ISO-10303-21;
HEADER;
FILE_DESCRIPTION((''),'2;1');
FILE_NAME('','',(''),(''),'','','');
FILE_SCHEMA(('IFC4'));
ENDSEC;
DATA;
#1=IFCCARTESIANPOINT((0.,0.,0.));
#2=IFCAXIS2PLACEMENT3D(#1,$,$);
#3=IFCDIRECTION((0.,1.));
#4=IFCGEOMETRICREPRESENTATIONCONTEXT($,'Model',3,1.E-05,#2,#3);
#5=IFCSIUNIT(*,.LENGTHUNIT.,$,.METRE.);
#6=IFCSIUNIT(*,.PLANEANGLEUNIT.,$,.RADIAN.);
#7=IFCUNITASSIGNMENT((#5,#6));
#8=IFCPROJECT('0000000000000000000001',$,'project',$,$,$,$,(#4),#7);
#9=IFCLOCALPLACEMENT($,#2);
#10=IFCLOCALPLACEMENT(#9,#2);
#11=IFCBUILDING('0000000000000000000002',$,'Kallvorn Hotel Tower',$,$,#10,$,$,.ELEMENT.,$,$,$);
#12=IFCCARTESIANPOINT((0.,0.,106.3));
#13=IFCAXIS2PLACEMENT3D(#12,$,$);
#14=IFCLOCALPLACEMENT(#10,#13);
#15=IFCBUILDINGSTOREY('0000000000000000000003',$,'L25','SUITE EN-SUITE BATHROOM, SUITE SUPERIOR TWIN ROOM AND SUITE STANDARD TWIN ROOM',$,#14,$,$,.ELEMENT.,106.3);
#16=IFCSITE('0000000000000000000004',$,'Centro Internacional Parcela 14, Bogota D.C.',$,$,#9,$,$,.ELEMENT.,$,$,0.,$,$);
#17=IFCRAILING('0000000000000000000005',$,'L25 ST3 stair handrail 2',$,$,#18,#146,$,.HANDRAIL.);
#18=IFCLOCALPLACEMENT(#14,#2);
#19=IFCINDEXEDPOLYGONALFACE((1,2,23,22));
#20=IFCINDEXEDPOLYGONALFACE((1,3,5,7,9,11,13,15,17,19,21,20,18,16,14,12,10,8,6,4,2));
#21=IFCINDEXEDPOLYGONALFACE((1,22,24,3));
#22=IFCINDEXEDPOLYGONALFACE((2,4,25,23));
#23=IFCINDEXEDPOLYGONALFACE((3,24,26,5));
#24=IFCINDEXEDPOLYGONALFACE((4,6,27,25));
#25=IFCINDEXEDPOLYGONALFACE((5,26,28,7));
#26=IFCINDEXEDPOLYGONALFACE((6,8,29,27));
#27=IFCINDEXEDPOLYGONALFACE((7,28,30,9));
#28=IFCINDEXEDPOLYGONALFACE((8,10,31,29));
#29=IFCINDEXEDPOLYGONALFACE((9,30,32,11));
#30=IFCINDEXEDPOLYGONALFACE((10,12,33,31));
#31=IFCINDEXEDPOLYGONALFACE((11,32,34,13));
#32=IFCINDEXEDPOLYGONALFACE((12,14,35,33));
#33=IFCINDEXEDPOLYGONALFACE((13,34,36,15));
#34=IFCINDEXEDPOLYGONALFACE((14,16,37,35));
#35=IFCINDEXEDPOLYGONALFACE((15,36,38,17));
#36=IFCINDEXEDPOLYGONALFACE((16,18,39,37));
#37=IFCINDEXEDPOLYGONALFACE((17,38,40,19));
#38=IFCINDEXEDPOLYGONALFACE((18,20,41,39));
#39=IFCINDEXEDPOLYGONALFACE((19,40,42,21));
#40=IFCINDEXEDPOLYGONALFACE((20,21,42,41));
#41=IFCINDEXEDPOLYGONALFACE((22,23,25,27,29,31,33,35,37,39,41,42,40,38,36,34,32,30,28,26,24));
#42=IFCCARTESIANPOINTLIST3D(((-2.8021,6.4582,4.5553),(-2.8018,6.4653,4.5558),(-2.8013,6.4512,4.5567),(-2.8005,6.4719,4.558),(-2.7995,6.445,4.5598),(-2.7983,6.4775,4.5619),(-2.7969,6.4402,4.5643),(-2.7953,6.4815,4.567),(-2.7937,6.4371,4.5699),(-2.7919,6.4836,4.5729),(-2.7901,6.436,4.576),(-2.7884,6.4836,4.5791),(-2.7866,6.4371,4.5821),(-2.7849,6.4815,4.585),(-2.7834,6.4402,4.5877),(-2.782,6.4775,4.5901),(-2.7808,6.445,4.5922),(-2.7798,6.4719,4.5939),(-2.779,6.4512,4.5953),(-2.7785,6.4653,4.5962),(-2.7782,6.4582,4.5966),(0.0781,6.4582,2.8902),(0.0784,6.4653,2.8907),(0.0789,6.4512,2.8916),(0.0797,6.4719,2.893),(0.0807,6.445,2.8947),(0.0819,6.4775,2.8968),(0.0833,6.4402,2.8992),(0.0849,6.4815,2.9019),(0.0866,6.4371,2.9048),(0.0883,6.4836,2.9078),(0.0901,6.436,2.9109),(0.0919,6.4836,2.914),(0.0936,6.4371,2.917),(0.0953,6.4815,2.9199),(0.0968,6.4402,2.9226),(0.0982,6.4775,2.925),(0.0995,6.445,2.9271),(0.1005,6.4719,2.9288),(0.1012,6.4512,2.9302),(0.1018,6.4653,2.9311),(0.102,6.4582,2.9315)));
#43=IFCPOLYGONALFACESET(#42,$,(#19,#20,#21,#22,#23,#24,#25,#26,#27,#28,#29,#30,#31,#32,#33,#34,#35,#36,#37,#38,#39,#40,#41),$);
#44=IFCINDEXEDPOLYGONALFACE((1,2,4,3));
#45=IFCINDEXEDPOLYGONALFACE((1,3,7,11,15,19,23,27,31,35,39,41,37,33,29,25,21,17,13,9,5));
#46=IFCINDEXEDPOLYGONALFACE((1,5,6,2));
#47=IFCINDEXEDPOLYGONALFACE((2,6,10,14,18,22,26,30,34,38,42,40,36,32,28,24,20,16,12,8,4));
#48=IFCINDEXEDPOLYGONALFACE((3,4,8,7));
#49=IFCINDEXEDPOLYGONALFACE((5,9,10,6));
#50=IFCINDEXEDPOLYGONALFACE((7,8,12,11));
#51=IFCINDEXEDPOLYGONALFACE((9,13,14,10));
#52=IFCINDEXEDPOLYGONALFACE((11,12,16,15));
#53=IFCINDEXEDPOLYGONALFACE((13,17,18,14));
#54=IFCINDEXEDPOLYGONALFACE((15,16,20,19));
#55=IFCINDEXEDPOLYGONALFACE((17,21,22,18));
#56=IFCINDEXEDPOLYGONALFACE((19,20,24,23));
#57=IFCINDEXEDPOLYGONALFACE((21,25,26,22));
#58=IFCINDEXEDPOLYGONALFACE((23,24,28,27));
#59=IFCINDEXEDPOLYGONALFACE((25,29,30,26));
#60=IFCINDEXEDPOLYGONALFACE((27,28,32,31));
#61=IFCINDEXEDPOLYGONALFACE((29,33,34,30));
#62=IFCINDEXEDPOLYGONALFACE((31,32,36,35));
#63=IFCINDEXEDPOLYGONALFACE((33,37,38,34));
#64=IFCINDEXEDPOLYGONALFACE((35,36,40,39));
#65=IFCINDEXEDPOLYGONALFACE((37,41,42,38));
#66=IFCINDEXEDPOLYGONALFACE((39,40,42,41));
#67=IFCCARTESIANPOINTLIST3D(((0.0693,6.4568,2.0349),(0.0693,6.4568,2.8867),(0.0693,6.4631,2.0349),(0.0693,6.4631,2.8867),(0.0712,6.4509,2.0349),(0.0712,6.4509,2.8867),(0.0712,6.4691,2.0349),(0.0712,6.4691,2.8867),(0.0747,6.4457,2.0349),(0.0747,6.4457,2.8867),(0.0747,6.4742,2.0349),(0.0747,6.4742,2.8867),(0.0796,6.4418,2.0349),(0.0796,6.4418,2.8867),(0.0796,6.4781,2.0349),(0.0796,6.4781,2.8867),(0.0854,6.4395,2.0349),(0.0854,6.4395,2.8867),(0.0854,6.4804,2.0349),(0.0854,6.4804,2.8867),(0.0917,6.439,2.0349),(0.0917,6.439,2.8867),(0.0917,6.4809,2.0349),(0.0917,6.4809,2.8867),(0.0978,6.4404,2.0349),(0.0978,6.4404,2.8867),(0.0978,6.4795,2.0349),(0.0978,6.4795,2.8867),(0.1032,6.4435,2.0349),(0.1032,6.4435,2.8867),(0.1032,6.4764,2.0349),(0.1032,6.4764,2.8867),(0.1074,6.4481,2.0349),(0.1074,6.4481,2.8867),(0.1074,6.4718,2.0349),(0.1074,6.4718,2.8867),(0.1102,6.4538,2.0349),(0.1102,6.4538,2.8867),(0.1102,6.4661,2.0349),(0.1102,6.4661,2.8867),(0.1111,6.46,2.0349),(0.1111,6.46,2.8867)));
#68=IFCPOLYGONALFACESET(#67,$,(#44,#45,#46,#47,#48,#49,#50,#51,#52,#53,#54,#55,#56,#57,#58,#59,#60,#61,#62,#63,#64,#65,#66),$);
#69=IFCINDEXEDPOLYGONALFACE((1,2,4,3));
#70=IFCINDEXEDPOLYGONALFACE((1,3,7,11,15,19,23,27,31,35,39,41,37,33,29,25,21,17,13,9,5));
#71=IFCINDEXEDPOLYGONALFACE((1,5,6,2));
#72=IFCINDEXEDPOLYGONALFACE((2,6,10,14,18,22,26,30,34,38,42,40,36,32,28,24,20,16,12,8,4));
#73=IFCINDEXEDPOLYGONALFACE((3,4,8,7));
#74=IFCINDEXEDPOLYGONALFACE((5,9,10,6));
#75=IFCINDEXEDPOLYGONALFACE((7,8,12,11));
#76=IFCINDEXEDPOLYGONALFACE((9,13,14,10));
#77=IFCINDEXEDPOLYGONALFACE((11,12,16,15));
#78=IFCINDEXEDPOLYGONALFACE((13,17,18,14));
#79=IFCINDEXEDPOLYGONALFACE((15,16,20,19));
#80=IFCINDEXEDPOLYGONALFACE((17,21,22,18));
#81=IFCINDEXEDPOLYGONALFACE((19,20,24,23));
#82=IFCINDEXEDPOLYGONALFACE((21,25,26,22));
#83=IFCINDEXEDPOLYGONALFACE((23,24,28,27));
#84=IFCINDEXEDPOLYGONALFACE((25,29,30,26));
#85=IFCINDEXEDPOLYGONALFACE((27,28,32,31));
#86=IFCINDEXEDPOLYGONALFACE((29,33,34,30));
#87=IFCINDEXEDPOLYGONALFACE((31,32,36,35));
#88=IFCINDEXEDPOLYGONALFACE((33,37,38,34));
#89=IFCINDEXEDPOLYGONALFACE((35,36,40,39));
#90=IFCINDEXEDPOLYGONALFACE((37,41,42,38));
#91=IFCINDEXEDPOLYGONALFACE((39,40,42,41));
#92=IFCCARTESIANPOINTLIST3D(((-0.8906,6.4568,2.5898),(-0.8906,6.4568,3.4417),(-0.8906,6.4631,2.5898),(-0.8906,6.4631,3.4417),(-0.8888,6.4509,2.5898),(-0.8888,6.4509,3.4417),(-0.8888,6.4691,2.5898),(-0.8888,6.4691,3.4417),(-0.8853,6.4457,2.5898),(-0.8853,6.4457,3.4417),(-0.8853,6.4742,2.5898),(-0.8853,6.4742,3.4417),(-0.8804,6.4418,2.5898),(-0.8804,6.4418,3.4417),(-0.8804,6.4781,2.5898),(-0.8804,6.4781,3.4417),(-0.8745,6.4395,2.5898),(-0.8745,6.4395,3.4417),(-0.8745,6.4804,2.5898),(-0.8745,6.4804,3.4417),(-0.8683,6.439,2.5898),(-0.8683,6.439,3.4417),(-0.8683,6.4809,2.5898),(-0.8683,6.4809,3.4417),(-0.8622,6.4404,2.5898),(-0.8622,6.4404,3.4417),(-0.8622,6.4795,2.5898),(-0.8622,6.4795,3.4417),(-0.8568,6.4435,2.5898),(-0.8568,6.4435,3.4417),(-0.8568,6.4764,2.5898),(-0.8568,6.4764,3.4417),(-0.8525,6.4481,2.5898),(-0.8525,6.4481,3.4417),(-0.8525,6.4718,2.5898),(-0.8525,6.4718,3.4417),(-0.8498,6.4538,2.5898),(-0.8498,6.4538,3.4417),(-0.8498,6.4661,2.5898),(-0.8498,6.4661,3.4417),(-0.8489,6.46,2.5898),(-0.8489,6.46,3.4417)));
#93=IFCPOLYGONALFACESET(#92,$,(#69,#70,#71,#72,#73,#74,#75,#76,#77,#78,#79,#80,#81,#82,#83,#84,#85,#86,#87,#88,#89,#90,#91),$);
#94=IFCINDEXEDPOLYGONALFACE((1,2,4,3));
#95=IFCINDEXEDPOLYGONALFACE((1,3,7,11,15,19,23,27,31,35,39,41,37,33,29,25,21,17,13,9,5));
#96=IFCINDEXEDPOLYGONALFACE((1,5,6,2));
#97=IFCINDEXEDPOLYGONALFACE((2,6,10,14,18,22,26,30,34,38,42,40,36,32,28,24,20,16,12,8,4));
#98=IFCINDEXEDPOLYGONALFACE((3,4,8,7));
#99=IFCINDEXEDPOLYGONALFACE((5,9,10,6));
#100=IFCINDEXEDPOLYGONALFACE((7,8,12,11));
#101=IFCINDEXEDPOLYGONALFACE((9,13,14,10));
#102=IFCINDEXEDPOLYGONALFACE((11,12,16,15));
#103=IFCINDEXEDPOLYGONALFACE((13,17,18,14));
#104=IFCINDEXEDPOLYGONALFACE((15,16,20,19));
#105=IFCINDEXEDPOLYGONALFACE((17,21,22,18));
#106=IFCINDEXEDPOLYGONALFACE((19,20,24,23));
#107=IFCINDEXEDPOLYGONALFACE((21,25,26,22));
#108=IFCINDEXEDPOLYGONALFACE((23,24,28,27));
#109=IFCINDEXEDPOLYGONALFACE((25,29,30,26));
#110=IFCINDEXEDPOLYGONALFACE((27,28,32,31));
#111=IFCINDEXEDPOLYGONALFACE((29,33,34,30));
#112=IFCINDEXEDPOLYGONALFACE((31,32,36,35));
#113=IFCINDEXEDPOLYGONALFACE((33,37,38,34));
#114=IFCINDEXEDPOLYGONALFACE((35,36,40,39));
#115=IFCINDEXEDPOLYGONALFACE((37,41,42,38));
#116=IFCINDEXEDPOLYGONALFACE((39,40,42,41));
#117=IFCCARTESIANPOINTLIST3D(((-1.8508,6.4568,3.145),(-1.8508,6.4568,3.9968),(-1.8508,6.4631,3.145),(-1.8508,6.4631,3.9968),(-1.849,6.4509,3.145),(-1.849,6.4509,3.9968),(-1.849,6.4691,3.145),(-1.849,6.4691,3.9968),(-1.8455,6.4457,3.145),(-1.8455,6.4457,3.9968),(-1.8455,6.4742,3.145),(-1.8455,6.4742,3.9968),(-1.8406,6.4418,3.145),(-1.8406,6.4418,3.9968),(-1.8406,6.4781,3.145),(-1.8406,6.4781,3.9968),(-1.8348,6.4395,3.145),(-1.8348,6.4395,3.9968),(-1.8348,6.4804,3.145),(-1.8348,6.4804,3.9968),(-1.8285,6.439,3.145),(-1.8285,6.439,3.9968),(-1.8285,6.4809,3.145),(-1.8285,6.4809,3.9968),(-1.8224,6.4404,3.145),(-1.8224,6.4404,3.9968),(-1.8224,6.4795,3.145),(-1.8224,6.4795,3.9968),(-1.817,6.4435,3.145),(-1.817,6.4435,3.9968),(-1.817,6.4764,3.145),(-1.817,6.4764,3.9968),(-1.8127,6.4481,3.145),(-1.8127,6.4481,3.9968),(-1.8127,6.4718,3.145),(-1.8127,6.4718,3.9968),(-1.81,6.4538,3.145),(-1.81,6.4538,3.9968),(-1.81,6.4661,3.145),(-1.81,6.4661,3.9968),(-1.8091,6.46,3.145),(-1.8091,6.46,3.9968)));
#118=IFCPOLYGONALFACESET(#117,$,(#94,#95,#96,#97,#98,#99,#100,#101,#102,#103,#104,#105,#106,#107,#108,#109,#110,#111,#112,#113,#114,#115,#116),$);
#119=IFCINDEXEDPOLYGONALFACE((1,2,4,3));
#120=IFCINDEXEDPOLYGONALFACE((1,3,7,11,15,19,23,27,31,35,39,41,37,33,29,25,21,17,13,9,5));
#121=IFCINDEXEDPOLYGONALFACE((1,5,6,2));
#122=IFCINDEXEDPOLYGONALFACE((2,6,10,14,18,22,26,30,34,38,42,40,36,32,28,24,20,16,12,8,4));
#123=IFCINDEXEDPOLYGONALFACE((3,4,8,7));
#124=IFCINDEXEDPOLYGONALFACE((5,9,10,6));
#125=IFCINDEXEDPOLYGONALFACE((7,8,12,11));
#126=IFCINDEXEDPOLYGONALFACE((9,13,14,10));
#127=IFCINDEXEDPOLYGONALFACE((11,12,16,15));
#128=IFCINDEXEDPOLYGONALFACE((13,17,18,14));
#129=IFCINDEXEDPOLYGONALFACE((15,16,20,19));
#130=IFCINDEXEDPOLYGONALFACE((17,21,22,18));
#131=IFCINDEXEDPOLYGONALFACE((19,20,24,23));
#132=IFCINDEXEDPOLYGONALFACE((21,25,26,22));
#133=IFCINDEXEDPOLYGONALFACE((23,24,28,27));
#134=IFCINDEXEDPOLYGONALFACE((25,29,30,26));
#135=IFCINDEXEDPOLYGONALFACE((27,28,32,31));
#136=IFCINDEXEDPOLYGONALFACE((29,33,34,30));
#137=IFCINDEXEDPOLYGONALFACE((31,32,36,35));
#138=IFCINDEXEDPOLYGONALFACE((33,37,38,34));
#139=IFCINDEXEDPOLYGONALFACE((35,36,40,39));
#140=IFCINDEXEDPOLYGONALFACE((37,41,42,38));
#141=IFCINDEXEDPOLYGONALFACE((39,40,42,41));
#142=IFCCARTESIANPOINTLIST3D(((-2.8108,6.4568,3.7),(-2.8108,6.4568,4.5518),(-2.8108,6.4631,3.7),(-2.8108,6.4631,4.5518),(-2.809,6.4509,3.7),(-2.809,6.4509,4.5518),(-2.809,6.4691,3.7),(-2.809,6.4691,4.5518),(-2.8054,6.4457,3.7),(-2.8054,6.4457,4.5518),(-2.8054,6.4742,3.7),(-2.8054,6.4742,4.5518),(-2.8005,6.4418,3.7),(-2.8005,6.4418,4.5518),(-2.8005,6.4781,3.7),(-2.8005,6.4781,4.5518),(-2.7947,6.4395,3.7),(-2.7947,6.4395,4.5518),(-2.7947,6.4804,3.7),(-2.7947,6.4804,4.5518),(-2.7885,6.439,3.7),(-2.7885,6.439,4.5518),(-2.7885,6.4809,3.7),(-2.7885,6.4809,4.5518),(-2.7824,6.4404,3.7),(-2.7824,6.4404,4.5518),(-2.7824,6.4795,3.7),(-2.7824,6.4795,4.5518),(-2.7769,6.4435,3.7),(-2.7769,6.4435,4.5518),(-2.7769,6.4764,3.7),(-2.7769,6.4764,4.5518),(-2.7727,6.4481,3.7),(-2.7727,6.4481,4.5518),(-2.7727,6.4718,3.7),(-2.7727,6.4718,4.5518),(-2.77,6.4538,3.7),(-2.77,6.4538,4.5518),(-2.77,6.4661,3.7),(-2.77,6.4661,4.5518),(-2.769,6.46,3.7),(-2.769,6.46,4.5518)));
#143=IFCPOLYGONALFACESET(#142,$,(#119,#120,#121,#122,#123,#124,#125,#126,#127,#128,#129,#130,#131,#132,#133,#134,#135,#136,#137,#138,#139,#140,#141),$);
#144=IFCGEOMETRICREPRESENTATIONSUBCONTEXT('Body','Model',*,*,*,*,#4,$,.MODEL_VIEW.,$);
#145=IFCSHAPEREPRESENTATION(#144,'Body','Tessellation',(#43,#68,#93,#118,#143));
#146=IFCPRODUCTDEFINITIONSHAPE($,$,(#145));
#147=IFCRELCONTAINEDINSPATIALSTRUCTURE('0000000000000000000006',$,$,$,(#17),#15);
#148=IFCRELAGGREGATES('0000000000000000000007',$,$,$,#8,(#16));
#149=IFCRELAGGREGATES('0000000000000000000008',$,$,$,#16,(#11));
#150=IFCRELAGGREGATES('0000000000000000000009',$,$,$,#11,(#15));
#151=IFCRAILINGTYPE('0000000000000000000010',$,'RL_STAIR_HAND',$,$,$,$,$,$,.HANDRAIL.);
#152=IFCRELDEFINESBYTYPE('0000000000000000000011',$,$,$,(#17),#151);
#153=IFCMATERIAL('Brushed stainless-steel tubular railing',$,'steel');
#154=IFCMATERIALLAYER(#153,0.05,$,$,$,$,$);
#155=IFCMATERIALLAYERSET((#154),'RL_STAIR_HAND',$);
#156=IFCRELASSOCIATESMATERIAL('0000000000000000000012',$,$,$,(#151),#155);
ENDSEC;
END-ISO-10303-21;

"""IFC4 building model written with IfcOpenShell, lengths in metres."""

from ifc_helpers import new_model, si_unit, direction, frame, origin, origin_2d, place, context, subcontext, project, spatial, circle, extrude, material, layer, layer_set, type_object, element, save


model = new_model("IFC4")

# Units and contexts
model_context = context("Model", 3, precision=1e-05, world=origin(), true_north=direction((0.0, 1.0)))
body_context = subcontext(model_context, "Body", "Model", "MODEL_VIEW")
ifc_project = project(units=[si_unit("LENGTHUNIT", "METRE"), si_unit("PLANEANGLEUNIT", "RADIAN")], contexts=[model_context])

# Site, building, storey
site_placement = place(None, origin())
site = spatial("IfcSite", under=ifc_project, at=site_placement, Name="Centro Internacional Parcela 14, Bogota D.C.", CompositionType="ELEMENT", RefElevation=0.0)
building_placement = place(site_placement, origin())
building = spatial("IfcBuilding", under=site, at=building_placement, Name="Kallvorn Hotel Tower", CompositionType="ELEMENT")
storey_placement = place(building_placement, frame((0.0, 0.0, 106.3)))
storey = spatial("IfcBuildingStorey", under=building, at=storey_placement, Name="L25", Description="SUITE EN-SUITE BATHROOM, SUITE SUPERIOR TWIN ROOM AND SUITE STANDARD TWIN ROOM", CompositionType="ELEMENT", Elevation=106.3)

# Railing
ifc_material_1 = material(Name="Brushed stainless-steel tubular railing", Category="steel")
ifc_layer_1 = layer(ifc_material_1, 0.05)
ifc_layer_set_1 = layer_set([ifc_layer_1], Name="RL_STAIR_HAND")
railing_type_1 = type_object("IfcRailingType", Name="RL_STAIR_HAND", PredefinedType="HANDRAIL", material=ifc_layer_set_1)
railing_1_placement = place(storey_placement, frame((0.0901, 6.46, 2.0349)))
element("IfcRailing", 1, at=railing_1_placement, inside=storey, type_object=railing_type_1, Name="L25 ST3 stair handrail 2", PredefinedType="HANDRAIL", context=body_context, shape_type="SweptSolid", body=[
    extrude(circle(Radius=0.0239, at=origin_2d()), frame((0.0, 0.0, 0.876), z_axis=(-0.865739, 0.0, 0.500495), x_axis=(0.0, -1.0, 0.0)), (0.0, 0.0, 1.0), 3.3269),
    extrude(circle(Radius=0.021, at=origin_2d()), origin(), (0.0, 0.0, 1.0), 0.8518),
    extrude(circle(Radius=0.021, at=origin_2d()), frame((-0.96, 0.0, 0.5549)), (0.0, 0.0, 1.0), 0.8518),
    extrude(circle(Radius=0.021, at=origin_2d()), frame((-1.9202, 0.0, 1.1101)), (0.0, 0.0, 1.0), 0.8518),
    extrude(circle(Radius=0.021, at=origin_2d()), frame((-2.8801, 0.0, 1.665)), (0.0, 0.0, 1.0), 0.8518),
])

save(model, "model.ifc")
